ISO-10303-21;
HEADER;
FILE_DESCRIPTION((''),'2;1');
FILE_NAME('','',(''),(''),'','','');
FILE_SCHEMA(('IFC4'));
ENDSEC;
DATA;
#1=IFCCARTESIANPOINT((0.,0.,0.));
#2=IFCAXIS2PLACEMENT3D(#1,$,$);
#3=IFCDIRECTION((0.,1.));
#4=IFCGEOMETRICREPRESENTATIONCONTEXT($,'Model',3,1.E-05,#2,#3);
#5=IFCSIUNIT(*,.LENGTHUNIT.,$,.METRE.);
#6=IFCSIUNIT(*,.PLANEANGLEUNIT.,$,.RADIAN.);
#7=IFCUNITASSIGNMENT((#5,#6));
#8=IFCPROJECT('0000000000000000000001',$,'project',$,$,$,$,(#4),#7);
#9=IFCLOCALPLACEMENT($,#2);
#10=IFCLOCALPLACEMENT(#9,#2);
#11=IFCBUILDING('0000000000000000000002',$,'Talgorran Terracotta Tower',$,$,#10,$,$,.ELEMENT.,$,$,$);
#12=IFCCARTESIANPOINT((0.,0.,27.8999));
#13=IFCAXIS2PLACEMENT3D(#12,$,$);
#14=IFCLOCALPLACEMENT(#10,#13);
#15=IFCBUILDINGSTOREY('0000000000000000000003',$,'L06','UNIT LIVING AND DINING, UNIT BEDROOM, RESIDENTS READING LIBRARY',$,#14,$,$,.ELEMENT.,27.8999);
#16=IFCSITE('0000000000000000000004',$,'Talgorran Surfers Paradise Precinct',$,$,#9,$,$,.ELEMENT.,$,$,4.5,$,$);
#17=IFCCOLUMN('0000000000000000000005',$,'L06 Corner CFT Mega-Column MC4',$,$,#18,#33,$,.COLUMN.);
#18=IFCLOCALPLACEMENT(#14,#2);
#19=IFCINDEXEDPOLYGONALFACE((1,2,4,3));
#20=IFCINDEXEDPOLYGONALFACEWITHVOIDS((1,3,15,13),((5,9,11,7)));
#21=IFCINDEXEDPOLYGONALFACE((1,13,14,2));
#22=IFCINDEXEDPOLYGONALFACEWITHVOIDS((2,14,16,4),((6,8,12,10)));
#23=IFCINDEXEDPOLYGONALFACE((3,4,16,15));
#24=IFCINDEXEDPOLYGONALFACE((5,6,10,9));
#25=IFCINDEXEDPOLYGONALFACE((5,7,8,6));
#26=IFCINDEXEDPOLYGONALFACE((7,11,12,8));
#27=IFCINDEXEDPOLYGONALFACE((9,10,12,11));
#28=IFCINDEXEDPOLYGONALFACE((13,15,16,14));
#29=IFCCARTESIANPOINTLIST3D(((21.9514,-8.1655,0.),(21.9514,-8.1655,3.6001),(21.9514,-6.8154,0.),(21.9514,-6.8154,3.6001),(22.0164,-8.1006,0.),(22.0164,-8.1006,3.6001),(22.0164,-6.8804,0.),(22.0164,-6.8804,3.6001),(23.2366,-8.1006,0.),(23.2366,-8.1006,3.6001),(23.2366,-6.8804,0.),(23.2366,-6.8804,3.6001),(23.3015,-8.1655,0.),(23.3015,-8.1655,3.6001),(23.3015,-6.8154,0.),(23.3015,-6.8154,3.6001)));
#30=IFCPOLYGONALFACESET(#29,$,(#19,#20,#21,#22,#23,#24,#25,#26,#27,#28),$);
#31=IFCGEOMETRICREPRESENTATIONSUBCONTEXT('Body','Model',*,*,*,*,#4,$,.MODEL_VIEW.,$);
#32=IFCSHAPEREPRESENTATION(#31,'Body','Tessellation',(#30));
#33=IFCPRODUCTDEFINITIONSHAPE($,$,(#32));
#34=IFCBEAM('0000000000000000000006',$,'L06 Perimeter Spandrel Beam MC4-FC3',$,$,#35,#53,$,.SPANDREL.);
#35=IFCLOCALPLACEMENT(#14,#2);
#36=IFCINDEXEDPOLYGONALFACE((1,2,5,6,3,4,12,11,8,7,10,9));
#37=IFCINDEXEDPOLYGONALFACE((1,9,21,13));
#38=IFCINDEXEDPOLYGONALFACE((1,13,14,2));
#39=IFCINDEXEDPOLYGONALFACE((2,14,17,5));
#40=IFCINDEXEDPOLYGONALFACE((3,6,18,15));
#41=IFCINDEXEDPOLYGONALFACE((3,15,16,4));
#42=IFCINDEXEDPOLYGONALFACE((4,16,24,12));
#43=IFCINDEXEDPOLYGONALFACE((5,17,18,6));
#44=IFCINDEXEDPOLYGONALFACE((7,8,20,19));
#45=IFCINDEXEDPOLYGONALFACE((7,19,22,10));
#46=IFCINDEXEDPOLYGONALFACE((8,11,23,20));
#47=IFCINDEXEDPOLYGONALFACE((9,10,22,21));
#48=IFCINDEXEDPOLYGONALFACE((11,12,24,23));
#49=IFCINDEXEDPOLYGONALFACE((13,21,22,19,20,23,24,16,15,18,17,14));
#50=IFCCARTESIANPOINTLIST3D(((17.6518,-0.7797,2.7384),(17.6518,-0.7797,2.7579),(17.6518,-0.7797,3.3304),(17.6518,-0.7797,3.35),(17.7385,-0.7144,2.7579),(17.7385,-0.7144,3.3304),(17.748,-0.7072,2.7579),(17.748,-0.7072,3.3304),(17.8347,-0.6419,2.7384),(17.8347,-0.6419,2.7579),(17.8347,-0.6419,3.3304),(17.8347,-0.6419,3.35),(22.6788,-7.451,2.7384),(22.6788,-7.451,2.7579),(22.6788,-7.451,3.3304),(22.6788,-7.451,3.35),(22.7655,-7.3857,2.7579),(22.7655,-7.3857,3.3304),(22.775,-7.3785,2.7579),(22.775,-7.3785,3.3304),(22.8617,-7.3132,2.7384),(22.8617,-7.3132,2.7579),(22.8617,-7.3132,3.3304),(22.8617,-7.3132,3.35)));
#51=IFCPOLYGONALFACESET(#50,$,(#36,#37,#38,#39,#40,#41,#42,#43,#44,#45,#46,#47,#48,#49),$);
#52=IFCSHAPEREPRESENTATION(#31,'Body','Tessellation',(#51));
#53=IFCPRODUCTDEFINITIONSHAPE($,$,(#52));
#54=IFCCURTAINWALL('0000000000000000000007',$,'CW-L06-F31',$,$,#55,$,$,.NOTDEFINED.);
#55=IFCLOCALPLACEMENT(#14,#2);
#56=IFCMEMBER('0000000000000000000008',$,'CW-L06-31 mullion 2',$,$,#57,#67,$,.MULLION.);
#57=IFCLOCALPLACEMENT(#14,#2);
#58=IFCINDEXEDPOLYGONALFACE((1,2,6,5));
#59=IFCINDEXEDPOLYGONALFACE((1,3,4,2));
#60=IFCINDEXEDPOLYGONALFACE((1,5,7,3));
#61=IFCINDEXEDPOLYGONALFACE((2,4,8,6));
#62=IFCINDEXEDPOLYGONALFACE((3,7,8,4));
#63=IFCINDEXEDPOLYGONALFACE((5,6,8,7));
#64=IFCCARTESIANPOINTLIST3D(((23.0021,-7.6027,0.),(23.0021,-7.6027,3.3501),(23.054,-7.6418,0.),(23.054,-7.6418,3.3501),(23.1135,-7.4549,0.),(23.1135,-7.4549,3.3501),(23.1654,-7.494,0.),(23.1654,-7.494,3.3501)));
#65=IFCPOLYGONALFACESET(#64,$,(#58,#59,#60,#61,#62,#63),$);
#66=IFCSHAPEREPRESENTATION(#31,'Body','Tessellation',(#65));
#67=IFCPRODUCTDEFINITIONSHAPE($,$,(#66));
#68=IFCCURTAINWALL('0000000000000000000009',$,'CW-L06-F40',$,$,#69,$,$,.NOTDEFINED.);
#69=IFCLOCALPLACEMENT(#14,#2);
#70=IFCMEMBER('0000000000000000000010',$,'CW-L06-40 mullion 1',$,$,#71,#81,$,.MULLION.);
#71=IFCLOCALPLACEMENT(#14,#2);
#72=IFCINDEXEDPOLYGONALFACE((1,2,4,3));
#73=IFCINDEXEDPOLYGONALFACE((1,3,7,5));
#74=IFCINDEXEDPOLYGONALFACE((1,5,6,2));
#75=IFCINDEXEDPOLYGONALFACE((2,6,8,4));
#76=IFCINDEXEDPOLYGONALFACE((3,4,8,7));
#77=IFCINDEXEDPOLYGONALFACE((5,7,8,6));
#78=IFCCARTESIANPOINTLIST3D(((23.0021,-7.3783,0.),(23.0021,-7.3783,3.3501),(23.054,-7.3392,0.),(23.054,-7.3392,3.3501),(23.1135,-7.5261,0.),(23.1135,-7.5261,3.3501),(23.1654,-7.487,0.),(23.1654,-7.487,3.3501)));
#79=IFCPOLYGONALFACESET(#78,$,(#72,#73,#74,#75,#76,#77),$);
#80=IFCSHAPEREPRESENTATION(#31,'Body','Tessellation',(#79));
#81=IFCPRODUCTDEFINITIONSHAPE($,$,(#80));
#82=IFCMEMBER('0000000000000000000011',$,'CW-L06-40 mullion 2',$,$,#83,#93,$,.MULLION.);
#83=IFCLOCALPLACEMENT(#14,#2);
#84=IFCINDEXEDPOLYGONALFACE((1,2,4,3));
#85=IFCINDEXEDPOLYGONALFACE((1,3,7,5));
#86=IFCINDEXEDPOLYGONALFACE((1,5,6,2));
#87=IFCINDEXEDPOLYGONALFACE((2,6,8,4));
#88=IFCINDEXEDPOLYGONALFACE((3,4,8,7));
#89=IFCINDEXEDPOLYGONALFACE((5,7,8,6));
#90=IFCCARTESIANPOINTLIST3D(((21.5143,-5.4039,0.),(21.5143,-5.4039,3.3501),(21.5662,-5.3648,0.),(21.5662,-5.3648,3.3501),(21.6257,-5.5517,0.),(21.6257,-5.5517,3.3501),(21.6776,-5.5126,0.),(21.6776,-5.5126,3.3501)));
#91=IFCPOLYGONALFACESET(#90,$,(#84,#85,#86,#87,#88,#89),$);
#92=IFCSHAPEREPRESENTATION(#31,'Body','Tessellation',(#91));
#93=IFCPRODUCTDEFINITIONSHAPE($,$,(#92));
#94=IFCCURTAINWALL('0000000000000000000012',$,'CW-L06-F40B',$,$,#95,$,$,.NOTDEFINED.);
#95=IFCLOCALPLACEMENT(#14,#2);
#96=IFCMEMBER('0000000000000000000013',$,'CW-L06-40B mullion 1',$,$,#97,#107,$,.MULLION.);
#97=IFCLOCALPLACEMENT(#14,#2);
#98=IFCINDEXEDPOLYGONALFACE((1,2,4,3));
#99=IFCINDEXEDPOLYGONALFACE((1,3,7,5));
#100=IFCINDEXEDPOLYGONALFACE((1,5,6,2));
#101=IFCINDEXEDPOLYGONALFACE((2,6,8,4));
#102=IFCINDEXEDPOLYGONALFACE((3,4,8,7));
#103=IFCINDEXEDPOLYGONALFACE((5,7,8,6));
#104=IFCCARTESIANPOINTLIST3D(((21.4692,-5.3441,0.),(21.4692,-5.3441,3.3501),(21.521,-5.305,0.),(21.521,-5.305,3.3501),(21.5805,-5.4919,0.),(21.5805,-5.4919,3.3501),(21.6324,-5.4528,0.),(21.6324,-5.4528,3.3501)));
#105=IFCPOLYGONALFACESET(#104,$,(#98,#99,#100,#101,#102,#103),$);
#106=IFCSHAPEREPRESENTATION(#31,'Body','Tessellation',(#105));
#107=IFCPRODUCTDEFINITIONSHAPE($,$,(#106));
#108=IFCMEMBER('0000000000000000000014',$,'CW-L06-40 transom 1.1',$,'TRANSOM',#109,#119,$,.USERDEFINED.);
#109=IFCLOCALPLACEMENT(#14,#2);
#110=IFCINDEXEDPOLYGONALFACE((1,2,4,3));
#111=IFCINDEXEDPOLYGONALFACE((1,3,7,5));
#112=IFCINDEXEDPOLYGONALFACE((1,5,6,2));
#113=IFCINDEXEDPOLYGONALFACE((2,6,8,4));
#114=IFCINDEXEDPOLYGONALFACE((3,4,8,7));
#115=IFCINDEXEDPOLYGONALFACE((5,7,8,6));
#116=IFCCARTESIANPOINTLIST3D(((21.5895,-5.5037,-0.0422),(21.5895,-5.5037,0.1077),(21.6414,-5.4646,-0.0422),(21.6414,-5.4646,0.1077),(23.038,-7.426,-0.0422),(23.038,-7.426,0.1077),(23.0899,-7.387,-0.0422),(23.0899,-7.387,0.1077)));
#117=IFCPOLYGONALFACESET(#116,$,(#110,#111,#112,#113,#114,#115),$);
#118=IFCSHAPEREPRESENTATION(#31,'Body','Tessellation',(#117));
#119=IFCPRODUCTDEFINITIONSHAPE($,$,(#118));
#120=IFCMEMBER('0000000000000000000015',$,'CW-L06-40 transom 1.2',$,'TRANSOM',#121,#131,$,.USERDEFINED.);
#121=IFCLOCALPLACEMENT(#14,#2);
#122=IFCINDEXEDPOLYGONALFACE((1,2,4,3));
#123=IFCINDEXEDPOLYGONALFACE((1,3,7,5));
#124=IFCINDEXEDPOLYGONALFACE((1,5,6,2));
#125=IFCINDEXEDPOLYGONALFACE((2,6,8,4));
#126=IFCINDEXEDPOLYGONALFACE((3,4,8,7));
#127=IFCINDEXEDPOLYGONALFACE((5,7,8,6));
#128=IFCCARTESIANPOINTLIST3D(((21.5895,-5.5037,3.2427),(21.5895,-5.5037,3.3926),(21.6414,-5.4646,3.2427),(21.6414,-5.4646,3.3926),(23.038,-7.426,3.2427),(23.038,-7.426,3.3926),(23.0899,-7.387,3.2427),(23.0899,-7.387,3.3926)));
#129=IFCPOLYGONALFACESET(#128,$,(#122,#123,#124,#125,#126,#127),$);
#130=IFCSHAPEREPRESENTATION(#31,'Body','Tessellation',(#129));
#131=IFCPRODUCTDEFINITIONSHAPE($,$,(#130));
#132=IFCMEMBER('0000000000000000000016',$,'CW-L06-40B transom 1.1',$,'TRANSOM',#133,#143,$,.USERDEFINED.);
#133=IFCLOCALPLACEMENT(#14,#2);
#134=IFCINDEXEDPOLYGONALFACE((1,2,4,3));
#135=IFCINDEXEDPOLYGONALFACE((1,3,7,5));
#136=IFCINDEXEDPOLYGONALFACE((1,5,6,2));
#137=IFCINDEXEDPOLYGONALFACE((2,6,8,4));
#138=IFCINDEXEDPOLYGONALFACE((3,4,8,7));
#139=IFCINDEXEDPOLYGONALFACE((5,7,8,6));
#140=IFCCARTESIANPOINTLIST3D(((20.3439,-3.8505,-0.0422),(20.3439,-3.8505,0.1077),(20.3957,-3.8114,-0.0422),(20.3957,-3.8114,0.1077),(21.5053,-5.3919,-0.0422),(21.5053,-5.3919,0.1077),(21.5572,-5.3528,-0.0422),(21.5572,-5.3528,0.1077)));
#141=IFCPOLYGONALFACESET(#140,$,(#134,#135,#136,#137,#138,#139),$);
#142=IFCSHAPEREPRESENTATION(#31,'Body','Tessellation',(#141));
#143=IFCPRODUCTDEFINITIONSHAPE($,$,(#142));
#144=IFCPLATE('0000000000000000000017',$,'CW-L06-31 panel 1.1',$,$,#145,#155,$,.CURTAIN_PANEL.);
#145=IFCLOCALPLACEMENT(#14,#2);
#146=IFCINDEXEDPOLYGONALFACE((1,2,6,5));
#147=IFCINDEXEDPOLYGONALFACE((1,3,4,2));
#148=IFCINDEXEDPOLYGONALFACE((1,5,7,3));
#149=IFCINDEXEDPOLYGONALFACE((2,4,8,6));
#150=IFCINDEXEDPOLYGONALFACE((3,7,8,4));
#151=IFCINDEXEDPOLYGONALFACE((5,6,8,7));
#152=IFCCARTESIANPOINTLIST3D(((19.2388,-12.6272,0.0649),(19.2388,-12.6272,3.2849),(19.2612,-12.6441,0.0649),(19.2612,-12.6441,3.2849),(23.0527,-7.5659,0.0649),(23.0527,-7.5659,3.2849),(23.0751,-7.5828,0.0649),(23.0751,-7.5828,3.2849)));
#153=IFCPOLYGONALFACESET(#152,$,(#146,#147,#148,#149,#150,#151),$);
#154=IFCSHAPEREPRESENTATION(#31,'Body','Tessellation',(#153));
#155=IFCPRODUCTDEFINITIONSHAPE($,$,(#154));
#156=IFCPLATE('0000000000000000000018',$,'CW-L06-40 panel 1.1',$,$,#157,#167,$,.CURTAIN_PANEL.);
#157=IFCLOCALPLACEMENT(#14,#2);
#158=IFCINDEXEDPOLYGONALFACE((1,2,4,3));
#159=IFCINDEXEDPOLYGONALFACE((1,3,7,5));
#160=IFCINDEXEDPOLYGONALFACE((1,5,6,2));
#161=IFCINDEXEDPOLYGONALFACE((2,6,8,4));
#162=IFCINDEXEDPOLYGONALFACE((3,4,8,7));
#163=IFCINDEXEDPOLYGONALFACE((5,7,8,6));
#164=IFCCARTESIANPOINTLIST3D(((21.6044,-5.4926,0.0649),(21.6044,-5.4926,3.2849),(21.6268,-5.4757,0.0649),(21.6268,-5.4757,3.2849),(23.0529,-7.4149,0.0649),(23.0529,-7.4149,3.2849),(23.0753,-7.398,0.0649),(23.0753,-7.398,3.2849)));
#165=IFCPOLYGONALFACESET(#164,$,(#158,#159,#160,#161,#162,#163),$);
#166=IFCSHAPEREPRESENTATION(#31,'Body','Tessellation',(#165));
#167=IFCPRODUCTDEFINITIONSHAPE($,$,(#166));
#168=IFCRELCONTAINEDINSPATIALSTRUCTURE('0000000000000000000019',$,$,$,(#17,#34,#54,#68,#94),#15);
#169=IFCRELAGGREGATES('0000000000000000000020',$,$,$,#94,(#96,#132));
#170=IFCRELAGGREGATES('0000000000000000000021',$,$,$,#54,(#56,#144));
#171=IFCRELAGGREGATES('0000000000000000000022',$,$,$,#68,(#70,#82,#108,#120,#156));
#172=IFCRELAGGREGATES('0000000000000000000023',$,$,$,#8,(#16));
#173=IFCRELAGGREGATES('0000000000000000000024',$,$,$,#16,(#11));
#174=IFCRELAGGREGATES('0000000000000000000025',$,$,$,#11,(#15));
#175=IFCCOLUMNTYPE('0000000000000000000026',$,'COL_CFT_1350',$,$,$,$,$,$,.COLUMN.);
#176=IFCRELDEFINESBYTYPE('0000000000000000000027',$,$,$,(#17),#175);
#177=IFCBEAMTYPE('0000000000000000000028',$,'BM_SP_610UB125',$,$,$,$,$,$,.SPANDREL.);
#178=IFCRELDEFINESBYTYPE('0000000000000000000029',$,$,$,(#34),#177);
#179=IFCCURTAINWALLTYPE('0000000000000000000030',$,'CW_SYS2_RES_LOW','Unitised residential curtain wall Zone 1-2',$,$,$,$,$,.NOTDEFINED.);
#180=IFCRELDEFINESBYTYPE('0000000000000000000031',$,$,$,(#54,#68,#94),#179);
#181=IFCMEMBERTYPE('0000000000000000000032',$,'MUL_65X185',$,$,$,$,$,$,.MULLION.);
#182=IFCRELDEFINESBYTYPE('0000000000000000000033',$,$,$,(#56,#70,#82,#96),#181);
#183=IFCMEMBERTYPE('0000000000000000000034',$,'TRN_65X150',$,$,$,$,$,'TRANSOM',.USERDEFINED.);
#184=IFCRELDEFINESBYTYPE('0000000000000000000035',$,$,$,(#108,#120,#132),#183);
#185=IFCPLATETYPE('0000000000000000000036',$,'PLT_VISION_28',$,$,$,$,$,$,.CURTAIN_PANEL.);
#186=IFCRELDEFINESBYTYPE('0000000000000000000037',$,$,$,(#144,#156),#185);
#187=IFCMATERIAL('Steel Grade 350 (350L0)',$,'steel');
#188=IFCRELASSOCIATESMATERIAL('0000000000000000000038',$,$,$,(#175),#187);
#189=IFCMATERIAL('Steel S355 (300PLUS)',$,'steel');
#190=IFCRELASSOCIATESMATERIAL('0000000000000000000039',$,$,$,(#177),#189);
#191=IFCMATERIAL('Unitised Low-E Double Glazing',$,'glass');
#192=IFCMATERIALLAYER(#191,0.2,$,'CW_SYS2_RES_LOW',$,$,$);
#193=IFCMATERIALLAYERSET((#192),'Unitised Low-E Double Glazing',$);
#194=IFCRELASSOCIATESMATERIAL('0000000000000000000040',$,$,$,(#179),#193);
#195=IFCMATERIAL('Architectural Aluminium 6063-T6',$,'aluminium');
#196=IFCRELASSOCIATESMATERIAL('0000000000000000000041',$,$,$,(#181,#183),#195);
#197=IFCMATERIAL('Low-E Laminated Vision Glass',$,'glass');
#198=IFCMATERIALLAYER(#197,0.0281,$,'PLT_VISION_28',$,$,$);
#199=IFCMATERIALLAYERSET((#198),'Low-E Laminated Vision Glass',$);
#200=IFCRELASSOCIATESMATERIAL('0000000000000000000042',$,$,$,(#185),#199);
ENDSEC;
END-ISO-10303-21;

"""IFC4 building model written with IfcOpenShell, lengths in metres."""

from ifc_helpers import new_model, si_unit, direction, frame, origin, origin_2d, place, context, subcontext, project, spatial, rectangle, hollow_rectangle, i_section, extrude, source, transform, mapped, material, layer, layer_set, material_profile, profile_set, type_object, type_shapes, element, aggregate, save


model = new_model("IFC4")

# Units and contexts
model_context = context("Model", 3, precision=1e-05, world=origin(), true_north=direction((0.0, 1.0)))
body_context = subcontext(model_context, "Body", "Model", "MODEL_VIEW")
ifc_project = project(units=[si_unit("LENGTHUNIT", "METRE"), si_unit("PLANEANGLEUNIT", "RADIAN")], contexts=[model_context])

# Site, building, storey
site_placement = place(None, origin())
site = spatial("IfcSite", under=ifc_project, at=site_placement, Name="Talgorran Surfers Paradise Precinct", CompositionType="ELEMENT", RefElevation=4.5)
building_placement = place(site_placement, origin())
building = spatial("IfcBuilding", under=site, at=building_placement, Name="Talgorran Terracotta Tower", CompositionType="ELEMENT")
storey_placement = place(building_placement, frame((0.0, 0.0, 27.8999)))
storey = spatial("IfcBuildingStorey", under=building, at=storey_placement, Name="L06", Description="UNIT LIVING AND DINING, UNIT BEDROOM, RESIDENTS READING LIBRARY", CompositionType="ELEMENT", Elevation=27.8999)

# Column
ifc_material_1 = material(Name="Steel Grade 350 (350L0)", Category="steel")
ifc_material_profile_1 = material_profile(ifc_material_1, hollow_rectangle(XDim=1.3501, YDim=1.3501, WallThickness=0.0649, at=origin_2d()), Name="CFT1350X1350X65")
ifc_profile_set_1 = profile_set([ifc_material_profile_1], Name="Steel Grade 350 (350L0)")
column_type = type_object("IfcColumnType", Name="COL_CFT_1350", PredefinedType="COLUMN", material=ifc_profile_set_1)
column_placement = place(storey_placement, frame((22.6265, -7.4905, 0.0), z_axis=(0.0, 0.0, 1.0), x_axis=(1.0, 0.0, 0.0)))
element("IfcColumn", 1, at=column_placement, inside=storey, type_object=column_type, Name="L06 Corner CFT Mega-Column MC4", PredefinedType="COLUMN", context=body_context, shape_type="SweptSolid", body=[
    extrude(hollow_rectangle(XDim=1.3501, YDim=1.3501, WallThickness=0.0649, at=origin_2d()), origin(), (0.0, 0.0, 1.0), 3.6001),
])

# Beam
ifc_material_2 = material(Name="Steel S355 (300PLUS)", Category="steel")
ifc_material_profile_2 = material_profile(ifc_material_2, i_section(OverallWidth=0.229, OverallDepth=0.6116, WebThickness=0.012, FlangeThickness=0.0195, at=origin_2d()), Name="610UB125")
ifc_profile_set_2 = profile_set([ifc_material_profile_2], Name="Steel S355 (300PLUS)")
beam_type = type_object("IfcBeamType", Name="BM_SP_610UB125", PredefinedType="SPANDREL", material=ifc_profile_set_2)
beam_placement = place(storey_placement, frame((22.7703, -7.3821, 3.0442), z_axis=(-0.601804, 0.798644, 0.0), x_axis=(-0.798644, -0.601804, 0.0)))
element("IfcBeam", 2, at=beam_placement, inside=storey, type_object=beam_type, Name="L06 Perimeter Spandrel Beam MC4-FC3", PredefinedType="SPANDREL", context=body_context, shape_type="SweptSolid", body=[
    extrude(i_section(OverallWidth=0.229, OverallDepth=0.6116, WebThickness=0.012, FlangeThickness=0.0195, at=origin_2d()), origin(), (0.0, 0.0, 1.0), 8.3533),
])

# Curtain wall, member
ifc_material_3 = material(Name="Unitised Low-E Double Glazing", Category="glass")
ifc_layer_1 = layer(ifc_material_3, 0.2, Name="CW_SYS2_RES_LOW")
ifc_layer_set_1 = layer_set([ifc_layer_1], Name="Unitised Low-E Double Glazing")
curtain_wall_type = type_object("IfcCurtainWallType", Name="CW_SYS2_RES_LOW", Description="Unitised residential curtain wall Zone 1-2", PredefinedType="NOTDEFINED", material=ifc_layer_set_1)
curtain_wall_1_placement = place(storey_placement, origin())
curtain_wall_1 = element("IfcCurtainWall", 3, at=curtain_wall_1_placement, inside=storey, type_object=curtain_wall_type, Name="CW-L06-F31", PredefinedType="NOTDEFINED")
ifc_material_4 = material(Name="Architectural Aluminium 6063-T6", Category="aluminium")
ifc_material_profile_3 = material_profile(ifc_material_4, rectangle(XDim=0.0649, YDim=0.1851, at=origin_2d()), Name="CWM65X185")
ifc_profile_set_3 = profile_set([ifc_material_profile_3], Name="Architectural Aluminium 6063-T6")
member_type_1 = type_object("IfcMemberType", Name="MUL_65X185", PredefinedType="MULLION", material=ifc_profile_set_3)
member_1_placement = place(storey_placement, frame((23.0837, -7.5483, 0.0), z_axis=(0.0, 0.0, 1.0), x_axis=(-0.79864, 0.601809, 0.0)))
member_1 = element("IfcMember", 4, at=member_1_placement, type_object=member_type_1, Name="CW-L06-31 mullion 2", PredefinedType="MULLION", context=body_context, shape_type="SweptSolid", body=[
    extrude(rectangle(XDim=0.0649, YDim=0.1851, at=origin_2d()), origin(), (0.0, 0.0, 1.0), 3.3501),
])

# Curtain wall, members
curtain_wall_2_placement = place(storey_placement, origin())
curtain_wall_2 = element("IfcCurtainWall", 5, at=curtain_wall_2_placement, inside=storey, type_object=curtain_wall_type, Name="CW-L06-F40", PredefinedType="NOTDEFINED")
member_2_placement = place(storey_placement, frame((23.0837, -7.4326, 0.0), z_axis=(0.0, 0.0, 1.0), x_axis=(-0.798645, -0.601802, 0.0)))
member_2 = element("IfcMember", 6, at=member_2_placement, type_object=member_type_1, Name="CW-L06-40 mullion 1", PredefinedType="MULLION", context=body_context, shape_type="SweptSolid", body=[
    extrude(rectangle(XDim=0.0649, YDim=0.1851, at=origin_2d()), origin(), (0.0, 0.0, 1.0), 3.3501),
])
member_3_placement = place(storey_placement, frame((21.5959, -5.4583, 0.0), z_axis=(0.0, 0.0, 1.0), x_axis=(-0.798645, -0.601802, 0.0)))
member_3 = element("IfcMember", 7, at=member_3_placement, type_object=member_type_1, Name="CW-L06-40 mullion 2", PredefinedType="MULLION", context=body_context, shape_type="SweptSolid", body=[
    extrude(rectangle(XDim=0.0649, YDim=0.1851, at=origin_2d()), origin(), (0.0, 0.0, 1.0), 3.3501),
])

# Curtain wall, member
curtain_wall_3_placement = place(storey_placement, origin())
curtain_wall_3 = element("IfcCurtainWall", 8, at=curtain_wall_3_placement, inside=storey, type_object=curtain_wall_type, Name="CW-L06-F40B", PredefinedType="NOTDEFINED")
member_4_placement = place(storey_placement, frame((21.5508, -5.3984, 0.0), z_axis=(0.0, 0.0, 1.0), x_axis=(-0.798629, -0.601824, 0.0)))
member_4 = element("IfcMember", 9, at=member_4_placement, type_object=member_type_1, Name="CW-L06-40B mullion 1", PredefinedType="MULLION", context=body_context, shape_type="SweptSolid", body=[
    extrude(rectangle(XDim=0.0649, YDim=0.1851, at=origin_2d()), origin(), (0.0, 0.0, 1.0), 3.3501),
])

# Members
ifc_material_profile_4 = material_profile(ifc_material_4, rectangle(XDim=0.0649, YDim=0.1499, at=origin_2d()), Name="CWT65X150")
ifc_profile_set_4 = profile_set([ifc_material_profile_4], Name="Architectural Aluminium 6063-T6")
member_type_2 = type_object("IfcMemberType", Name="TRN_65X150", ElementType="TRANSOM", PredefinedType="USERDEFINED", material=ifc_profile_set_4)
member_5_placement = place(storey_placement, frame((23.064, -7.4065, 0.0327), z_axis=(-0.601784, 0.798659, 0.0), x_axis=(-0.798659, -0.601784, 0.0)))
member_5 = element("IfcMember", 10, at=member_5_placement, type_object=member_type_2, Name="CW-L06-40 transom 1.1", ObjectType="TRANSOM", PredefinedType="USERDEFINED", context=body_context, shape_type="SweptSolid", body=[
    extrude(rectangle(XDim=0.0649, YDim=0.1499, at=origin_2d()), origin(), (0.0, 0.0, 1.0), 2.407),
])
member_6_placement = place(storey_placement, frame((23.064, -7.4065, 3.3176), z_axis=(-0.601784, 0.798659, 0.0), x_axis=(-0.798659, -0.601784, 0.0)))
member_6 = element("IfcMember", 11, at=member_6_placement, type_object=member_type_2, Name="CW-L06-40 transom 1.2", ObjectType="TRANSOM", PredefinedType="USERDEFINED", context=body_context, shape_type="SweptSolid", body=[
    extrude(rectangle(XDim=0.0649, YDim=0.1499, at=origin_2d()), origin(), (0.0, 0.0, 1.0), 2.407),
])
member_7_placement = place(storey_placement, frame((21.5312, -5.3723, 0.0327), z_axis=(-0.6018, 0.798647, 0.0), x_axis=(-0.798647, -0.6018, 0.0)))
member_7 = element("IfcMember", 12, at=member_7_placement, type_object=member_type_2, Name="CW-L06-40B transom 1.1", ObjectType="TRANSOM", PredefinedType="USERDEFINED", context=body_context, shape_type="SweptSolid", body=[
    extrude(rectangle(XDim=0.0649, YDim=0.1499, at=origin_2d()), origin(), (0.0, 0.0, 1.0), 1.9299),
])
aggregate(curtain_wall_3, [member_4, member_7])

# Plates
ifc_material_5 = material(Name="Low-E Laminated Vision Glass", Category="glass")
ifc_layer_2 = layer(ifc_material_5, 0.0281, Name="PLT_VISION_28")
ifc_layer_set_2 = layer_set([ifc_layer_2], Name="Low-E Laminated Vision Glass")
plate_type = type_object("IfcPlateType", Name="PLT_VISION_28", PredefinedType="CURTAIN_PANEL", material=ifc_layer_set_2)
shared_shape_1 = source(origin(), body_context, "Body", "SweptSolid", [
    extrude(rectangle(XDim=6.3374, YDim=0.0281, at=origin_2d()), origin(), (0.0, 0.0, 1.0), 3.22),
])
plate_1_placement = place(storey_placement, frame((21.157, -10.105, 0.0649), z_axis=(0.0, 0.0, 1.0), x_axis=(0.601809, 0.79864, 0.0)))
plate_1 = element("IfcPlate", 13, at=plate_1_placement, type_object=plate_type, Name="CW-L06-31 panel 1.1", PredefinedType="CURTAIN_PANEL", context=body_context, shape_type="MappedRepresentation", body=[
    mapped(shared_shape_1, transform((0.0, 0.0, 0.0), scale=1.0)),
])
aggregate(curtain_wall_1, [member_1, plate_1])
shared_shape_2 = source(origin(), body_context, "Body", "SweptSolid", [
    extrude(rectangle(XDim=2.407, YDim=0.0281, at=origin_2d()), origin(), (0.0, 0.0, 1.0), 3.22),
])
type_shapes(plate_type, [shared_shape_1, shared_shape_2])
plate_2_placement = place(storey_placement, frame((22.3398, -6.4453, 0.0649), z_axis=(0.0, 0.0, 1.0), x_axis=(-0.601802, 0.798645, 0.0)))
plate_2 = element("IfcPlate", 14, at=plate_2_placement, type_object=plate_type, Name="CW-L06-40 panel 1.1", PredefinedType="CURTAIN_PANEL", context=body_context, shape_type="MappedRepresentation", body=[
    mapped(shared_shape_2, transform((0.0, 0.0, 0.0), scale=1.0)),
])
aggregate(curtain_wall_2, [member_2, member_3, member_5, member_6, plate_2])

save(model, "model.ifc")
